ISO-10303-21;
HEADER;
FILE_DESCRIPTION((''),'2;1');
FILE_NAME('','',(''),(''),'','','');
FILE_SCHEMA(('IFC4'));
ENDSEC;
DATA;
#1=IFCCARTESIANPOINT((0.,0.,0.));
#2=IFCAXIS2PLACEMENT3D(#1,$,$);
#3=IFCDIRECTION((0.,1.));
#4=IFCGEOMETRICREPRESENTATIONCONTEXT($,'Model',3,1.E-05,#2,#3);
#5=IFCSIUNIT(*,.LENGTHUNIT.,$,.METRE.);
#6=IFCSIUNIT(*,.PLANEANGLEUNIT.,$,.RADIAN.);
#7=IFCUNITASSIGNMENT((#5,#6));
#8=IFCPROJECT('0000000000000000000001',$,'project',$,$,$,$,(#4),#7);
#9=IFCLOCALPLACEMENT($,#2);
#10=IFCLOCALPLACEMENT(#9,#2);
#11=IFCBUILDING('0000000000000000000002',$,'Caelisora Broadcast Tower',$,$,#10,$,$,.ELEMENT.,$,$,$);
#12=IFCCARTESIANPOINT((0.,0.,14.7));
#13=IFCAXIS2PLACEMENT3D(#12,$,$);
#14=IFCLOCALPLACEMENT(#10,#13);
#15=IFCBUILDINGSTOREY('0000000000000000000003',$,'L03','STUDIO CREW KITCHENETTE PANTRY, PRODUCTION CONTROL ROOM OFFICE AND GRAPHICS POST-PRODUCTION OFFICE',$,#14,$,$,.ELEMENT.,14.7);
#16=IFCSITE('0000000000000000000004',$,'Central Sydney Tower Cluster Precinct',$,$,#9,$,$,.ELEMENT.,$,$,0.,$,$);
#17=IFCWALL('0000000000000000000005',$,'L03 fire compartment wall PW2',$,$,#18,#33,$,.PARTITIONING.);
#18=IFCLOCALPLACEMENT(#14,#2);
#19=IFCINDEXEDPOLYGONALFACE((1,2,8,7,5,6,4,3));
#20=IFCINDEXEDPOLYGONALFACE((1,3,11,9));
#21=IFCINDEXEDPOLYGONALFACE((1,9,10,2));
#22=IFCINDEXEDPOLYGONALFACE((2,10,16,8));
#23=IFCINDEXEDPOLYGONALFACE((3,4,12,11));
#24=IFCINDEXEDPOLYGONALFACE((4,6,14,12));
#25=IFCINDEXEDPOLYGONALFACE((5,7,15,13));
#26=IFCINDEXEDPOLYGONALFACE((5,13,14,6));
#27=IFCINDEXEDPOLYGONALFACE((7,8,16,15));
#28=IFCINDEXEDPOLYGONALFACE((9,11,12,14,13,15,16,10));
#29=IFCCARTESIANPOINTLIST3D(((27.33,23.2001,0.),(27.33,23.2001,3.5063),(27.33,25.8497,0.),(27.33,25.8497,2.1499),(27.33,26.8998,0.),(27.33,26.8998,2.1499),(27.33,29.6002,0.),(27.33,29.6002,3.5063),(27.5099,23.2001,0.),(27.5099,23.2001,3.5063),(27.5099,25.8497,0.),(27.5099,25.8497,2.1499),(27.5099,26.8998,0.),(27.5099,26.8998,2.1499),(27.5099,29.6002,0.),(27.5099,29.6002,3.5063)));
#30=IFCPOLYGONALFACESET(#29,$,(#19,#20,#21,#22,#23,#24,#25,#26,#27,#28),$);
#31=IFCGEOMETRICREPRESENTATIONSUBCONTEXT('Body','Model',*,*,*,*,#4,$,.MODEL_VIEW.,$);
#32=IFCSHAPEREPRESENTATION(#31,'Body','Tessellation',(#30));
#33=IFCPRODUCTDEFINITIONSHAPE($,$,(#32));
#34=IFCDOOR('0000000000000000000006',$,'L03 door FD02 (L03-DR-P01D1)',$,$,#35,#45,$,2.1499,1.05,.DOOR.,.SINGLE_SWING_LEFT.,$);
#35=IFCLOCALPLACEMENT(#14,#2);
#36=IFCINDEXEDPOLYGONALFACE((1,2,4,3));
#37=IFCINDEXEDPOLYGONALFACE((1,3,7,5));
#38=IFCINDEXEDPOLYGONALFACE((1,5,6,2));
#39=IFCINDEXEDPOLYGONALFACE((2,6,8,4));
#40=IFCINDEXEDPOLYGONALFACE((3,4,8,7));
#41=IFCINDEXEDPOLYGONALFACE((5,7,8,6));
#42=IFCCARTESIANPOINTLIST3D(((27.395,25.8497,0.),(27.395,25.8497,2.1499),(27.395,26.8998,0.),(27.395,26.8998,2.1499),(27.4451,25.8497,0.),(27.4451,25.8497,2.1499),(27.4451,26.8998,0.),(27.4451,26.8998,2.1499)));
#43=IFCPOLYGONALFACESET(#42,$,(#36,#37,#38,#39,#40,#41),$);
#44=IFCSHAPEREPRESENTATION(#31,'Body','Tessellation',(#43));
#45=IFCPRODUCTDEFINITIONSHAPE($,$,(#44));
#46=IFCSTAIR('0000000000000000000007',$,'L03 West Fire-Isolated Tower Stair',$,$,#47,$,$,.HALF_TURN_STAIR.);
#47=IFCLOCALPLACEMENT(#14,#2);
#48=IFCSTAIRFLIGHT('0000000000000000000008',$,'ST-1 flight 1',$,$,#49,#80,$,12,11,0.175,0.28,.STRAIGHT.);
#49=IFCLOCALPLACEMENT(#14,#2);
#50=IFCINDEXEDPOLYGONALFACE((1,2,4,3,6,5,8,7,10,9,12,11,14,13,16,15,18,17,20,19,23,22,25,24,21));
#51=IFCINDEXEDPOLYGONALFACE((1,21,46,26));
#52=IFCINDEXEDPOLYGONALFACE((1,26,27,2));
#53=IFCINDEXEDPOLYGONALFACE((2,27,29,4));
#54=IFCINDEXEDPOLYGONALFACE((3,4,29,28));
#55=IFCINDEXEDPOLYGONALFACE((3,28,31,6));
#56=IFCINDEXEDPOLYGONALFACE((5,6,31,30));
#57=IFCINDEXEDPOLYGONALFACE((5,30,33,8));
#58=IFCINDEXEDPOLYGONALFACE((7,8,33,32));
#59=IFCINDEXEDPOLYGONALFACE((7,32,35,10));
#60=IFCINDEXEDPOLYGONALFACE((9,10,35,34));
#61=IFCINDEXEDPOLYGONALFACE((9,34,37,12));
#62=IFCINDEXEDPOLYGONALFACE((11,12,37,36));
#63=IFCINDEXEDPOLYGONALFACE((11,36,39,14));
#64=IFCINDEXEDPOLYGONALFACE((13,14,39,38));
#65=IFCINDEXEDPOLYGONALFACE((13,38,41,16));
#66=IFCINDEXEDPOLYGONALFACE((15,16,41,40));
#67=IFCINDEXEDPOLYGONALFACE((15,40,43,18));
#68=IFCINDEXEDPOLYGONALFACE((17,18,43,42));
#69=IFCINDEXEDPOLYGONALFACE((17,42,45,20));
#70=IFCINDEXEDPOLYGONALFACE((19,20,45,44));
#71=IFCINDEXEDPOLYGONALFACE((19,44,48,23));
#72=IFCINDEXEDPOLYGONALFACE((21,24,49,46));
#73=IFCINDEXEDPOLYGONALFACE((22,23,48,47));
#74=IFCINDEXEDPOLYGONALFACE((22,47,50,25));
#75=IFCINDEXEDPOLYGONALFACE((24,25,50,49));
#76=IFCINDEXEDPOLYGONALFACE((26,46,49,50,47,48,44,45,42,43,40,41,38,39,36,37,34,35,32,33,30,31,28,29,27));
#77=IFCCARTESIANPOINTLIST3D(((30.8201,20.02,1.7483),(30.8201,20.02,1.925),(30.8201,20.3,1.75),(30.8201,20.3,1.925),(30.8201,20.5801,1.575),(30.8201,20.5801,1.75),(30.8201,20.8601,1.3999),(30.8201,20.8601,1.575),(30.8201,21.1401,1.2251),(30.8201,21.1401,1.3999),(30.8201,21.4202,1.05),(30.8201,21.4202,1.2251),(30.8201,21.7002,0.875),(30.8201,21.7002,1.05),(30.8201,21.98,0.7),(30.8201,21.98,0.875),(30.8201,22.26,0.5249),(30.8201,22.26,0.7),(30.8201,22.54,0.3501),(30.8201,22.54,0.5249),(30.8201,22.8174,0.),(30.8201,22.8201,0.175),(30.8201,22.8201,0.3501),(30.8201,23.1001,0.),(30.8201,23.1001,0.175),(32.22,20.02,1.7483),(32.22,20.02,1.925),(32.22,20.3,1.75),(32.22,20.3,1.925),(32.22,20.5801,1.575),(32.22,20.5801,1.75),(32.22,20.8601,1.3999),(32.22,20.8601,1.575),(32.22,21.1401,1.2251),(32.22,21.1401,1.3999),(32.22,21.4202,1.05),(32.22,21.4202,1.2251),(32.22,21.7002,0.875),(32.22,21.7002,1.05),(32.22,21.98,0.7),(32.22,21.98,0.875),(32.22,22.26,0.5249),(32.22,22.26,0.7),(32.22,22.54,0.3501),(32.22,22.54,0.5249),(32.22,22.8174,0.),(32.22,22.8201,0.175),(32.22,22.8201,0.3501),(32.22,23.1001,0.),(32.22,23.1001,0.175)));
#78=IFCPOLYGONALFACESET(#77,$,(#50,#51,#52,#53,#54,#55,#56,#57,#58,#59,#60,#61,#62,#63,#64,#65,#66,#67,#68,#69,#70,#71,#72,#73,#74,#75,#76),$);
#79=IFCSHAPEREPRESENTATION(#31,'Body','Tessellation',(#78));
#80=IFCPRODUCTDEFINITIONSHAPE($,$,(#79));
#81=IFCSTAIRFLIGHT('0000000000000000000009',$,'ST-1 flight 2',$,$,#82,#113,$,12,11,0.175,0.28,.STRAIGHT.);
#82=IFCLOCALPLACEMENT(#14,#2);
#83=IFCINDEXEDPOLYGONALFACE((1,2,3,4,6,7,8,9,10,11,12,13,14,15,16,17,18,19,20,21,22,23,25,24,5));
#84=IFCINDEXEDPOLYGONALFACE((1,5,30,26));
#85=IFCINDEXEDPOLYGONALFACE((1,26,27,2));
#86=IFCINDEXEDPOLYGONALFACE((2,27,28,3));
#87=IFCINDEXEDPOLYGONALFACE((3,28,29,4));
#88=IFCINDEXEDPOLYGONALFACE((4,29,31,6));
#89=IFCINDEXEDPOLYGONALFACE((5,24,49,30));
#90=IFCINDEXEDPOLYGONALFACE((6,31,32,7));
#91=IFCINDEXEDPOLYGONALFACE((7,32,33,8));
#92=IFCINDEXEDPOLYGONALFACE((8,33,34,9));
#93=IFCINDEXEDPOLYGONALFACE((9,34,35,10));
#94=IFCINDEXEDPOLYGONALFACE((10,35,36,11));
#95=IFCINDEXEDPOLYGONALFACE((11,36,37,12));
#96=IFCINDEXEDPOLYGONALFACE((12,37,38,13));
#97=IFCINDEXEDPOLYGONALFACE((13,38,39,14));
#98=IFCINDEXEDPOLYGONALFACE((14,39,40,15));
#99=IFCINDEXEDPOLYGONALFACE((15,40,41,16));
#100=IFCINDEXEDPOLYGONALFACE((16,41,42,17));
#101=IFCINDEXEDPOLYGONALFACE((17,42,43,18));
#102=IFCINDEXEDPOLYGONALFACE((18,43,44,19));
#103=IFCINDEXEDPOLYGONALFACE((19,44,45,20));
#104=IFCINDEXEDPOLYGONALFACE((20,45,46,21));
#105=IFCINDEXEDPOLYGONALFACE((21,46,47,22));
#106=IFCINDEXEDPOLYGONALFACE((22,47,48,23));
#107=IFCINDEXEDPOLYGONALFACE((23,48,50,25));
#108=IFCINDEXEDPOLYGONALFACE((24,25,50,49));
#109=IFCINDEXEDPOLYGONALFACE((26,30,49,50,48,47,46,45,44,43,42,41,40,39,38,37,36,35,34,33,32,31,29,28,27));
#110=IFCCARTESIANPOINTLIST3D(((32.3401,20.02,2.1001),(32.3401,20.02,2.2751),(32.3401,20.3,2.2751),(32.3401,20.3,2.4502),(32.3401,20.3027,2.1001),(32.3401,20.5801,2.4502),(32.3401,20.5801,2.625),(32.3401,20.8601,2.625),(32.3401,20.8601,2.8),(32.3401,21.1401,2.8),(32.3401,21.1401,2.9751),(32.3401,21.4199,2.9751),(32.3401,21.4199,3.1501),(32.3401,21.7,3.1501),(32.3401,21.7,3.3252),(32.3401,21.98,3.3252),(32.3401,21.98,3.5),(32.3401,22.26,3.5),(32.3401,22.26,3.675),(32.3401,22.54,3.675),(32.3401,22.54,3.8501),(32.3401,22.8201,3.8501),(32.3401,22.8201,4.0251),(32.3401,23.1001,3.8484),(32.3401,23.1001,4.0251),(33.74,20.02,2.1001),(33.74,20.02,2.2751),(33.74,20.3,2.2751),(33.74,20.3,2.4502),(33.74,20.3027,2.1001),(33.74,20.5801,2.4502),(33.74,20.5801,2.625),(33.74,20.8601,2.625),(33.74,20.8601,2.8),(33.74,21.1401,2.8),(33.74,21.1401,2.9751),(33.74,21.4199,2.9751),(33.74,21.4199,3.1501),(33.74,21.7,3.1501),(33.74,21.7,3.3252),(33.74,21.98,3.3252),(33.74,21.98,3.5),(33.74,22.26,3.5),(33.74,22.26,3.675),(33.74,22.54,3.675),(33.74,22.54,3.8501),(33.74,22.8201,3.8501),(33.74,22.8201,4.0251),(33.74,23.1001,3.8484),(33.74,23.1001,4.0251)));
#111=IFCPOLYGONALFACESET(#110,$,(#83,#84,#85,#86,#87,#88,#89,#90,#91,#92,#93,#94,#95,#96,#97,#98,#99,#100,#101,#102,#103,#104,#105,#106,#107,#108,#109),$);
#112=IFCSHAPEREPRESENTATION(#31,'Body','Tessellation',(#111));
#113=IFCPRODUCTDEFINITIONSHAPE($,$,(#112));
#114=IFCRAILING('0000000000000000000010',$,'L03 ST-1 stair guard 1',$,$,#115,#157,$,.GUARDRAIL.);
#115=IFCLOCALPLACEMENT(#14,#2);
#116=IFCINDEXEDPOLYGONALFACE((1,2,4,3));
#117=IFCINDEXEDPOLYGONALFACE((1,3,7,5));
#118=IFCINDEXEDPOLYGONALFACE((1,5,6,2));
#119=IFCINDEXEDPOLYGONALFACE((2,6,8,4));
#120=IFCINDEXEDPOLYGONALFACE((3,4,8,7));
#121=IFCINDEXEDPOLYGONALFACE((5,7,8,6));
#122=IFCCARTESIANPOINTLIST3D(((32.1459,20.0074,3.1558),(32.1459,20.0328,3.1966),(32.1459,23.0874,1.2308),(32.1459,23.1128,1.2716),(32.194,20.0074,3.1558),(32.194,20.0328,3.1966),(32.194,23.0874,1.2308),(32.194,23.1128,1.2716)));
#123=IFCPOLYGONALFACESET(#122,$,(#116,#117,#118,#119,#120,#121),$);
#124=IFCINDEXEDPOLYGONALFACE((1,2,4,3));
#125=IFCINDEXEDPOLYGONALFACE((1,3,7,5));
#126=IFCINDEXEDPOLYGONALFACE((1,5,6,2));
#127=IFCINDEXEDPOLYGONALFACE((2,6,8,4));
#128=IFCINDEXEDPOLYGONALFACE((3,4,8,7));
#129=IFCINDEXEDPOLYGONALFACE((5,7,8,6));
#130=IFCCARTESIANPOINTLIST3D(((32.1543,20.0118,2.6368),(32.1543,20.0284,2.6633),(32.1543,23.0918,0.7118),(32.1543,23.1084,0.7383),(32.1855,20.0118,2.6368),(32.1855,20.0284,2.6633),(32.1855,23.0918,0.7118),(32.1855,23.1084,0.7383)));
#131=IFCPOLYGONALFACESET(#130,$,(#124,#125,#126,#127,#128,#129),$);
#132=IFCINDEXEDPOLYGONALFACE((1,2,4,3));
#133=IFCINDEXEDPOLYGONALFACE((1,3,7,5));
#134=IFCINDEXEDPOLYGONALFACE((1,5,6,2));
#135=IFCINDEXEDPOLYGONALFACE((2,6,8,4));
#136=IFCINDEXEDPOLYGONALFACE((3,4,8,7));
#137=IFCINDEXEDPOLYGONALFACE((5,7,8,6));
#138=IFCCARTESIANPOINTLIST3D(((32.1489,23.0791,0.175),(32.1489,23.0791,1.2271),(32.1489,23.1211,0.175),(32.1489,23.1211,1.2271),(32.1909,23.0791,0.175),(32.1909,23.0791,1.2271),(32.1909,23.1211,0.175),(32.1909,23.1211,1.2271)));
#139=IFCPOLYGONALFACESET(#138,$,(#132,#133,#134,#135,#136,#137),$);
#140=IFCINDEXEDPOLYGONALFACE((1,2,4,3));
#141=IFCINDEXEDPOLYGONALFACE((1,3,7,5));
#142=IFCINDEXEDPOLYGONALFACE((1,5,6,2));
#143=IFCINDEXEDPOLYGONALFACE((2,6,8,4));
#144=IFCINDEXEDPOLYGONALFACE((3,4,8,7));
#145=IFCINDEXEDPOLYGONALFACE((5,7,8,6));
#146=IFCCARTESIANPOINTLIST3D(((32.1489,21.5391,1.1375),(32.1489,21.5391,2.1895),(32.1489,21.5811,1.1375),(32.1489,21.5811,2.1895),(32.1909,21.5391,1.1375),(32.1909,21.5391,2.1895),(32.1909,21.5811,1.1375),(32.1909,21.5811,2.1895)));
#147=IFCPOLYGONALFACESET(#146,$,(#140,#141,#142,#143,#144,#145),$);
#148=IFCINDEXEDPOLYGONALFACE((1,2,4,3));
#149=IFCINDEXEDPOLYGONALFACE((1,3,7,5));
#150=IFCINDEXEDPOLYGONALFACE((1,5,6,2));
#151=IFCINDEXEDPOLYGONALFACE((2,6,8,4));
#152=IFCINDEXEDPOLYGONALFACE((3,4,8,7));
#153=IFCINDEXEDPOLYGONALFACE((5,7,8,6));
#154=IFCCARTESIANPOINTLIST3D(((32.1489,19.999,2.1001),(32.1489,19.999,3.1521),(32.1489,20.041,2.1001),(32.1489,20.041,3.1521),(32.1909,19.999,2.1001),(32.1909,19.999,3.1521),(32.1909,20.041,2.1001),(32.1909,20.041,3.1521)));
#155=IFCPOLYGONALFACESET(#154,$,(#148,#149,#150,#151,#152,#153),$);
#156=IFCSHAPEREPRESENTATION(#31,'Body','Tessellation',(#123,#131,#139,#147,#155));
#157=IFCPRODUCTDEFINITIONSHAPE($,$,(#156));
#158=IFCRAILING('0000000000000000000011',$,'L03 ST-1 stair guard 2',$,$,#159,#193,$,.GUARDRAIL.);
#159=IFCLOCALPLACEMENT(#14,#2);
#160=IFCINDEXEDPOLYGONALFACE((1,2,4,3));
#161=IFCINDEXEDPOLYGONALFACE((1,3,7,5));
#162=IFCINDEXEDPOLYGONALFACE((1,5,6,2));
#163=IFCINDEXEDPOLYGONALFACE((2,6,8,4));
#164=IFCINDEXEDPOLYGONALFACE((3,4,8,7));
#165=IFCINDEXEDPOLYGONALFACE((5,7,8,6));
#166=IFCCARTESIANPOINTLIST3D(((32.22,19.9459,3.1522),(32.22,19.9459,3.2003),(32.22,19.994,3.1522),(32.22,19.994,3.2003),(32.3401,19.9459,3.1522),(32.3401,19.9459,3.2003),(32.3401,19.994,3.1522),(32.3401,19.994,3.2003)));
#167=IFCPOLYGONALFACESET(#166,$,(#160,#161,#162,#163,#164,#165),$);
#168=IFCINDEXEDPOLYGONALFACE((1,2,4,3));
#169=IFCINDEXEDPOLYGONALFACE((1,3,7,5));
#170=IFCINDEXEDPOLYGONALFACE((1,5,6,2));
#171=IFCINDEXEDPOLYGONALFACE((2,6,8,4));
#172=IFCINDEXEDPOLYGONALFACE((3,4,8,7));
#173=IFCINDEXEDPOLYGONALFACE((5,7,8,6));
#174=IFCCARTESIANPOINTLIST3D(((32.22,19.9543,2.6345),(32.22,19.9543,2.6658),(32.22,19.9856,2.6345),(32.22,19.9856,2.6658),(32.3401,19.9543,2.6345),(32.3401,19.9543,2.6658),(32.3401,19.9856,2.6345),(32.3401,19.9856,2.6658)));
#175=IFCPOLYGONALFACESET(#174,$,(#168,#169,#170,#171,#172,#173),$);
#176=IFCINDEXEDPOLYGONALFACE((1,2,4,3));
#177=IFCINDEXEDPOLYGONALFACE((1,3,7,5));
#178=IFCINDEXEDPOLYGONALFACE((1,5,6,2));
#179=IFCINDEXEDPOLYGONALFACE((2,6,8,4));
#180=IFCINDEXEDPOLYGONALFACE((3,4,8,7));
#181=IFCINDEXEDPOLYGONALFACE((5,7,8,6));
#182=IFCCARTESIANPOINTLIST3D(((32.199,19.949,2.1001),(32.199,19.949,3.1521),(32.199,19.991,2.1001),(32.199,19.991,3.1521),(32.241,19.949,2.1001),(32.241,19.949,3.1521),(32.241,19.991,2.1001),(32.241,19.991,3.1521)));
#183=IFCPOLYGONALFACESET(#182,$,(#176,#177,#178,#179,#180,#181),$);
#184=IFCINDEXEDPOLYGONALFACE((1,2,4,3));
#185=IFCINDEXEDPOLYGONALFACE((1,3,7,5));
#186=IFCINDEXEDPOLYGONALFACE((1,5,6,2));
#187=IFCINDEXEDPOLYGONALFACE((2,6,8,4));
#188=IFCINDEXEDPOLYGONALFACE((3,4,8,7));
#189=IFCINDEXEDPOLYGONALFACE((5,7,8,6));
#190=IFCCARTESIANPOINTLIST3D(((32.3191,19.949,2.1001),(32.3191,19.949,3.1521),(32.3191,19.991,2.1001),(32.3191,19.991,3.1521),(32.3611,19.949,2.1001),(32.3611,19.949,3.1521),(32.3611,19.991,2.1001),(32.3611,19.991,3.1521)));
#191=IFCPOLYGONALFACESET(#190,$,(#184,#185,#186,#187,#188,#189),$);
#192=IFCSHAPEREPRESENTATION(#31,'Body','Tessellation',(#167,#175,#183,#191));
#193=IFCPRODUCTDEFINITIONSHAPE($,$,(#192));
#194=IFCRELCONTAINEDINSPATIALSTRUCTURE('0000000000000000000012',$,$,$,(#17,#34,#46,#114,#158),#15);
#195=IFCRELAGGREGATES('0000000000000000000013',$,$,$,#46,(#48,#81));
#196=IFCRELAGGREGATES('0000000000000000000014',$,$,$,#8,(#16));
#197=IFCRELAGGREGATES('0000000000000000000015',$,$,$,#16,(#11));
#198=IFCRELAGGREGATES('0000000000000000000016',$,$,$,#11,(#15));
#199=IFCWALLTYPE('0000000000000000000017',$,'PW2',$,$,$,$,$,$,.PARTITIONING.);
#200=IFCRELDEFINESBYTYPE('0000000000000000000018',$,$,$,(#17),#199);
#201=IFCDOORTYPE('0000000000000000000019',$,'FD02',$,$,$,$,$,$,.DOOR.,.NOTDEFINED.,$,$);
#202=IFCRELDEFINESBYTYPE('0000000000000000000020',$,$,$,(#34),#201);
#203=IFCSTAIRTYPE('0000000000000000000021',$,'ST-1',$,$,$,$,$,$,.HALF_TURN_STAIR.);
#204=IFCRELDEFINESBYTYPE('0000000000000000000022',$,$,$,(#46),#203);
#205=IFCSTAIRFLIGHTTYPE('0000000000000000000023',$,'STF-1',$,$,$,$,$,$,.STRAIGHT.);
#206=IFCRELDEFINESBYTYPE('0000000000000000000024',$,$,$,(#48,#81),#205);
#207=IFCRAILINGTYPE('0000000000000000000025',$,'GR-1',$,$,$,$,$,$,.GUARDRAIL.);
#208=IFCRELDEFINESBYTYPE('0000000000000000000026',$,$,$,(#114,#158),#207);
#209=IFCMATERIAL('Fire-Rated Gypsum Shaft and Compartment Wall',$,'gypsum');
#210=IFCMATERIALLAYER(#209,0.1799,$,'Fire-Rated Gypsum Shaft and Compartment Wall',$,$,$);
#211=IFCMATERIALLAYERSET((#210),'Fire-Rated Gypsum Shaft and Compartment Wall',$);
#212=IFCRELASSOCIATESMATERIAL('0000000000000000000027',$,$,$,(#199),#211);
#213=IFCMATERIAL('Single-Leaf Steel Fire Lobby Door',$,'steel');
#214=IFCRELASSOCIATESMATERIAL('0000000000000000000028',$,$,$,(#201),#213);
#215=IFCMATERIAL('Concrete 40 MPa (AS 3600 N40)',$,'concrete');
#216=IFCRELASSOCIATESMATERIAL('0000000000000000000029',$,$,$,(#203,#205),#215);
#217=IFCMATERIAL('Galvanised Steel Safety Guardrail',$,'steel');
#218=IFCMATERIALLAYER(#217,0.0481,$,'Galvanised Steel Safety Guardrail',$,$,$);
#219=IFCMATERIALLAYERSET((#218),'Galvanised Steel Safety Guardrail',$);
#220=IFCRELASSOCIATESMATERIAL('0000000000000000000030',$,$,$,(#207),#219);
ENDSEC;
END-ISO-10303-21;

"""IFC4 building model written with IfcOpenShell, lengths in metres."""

from ifc_helpers import new_model, si_unit, direction, frame, frame_2d, origin, origin_2d, place, context, subcontext, project, spatial, polyline, rectangle, outline, extrude, material, layer, layer_set, type_object, element, fill, aggregate, save


model = new_model("IFC4")

# Units and contexts
model_context = context("Model", 3, precision=1e-05, world=origin(), true_north=direction((0.0, 1.0)))
body_context = subcontext(model_context, "Body", "Model", "MODEL_VIEW")
ifc_project = project(units=[si_unit("LENGTHUNIT", "METRE"), si_unit("PLANEANGLEUNIT", "RADIAN")], contexts=[model_context])

# Site, building, storey
site_placement = place(None, origin())
site = spatial("IfcSite", under=ifc_project, at=site_placement, Name="Central Sydney Tower Cluster Precinct", CompositionType="ELEMENT", RefElevation=0.0)
building_placement = place(site_placement, origin())
building = spatial("IfcBuilding", under=site, at=building_placement, Name="Caelisora Broadcast Tower", CompositionType="ELEMENT")
storey_placement = place(building_placement, frame((0.0, 0.0, 14.7)))
storey = spatial("IfcBuildingStorey", under=building, at=storey_placement, Name="L03", Description="STUDIO CREW KITCHENETTE PANTRY, PRODUCTION CONTROL ROOM OFFICE AND GRAPHICS POST-PRODUCTION OFFICE", CompositionType="ELEMENT", Elevation=14.7)

# Shared definitions
ifc_material_1 = material(Name="Fire-Rated Gypsum Shaft and Compartment Wall", Category="gypsum")
ifc_layer_1 = layer(ifc_material_1, 0.1799, Name="Fire-Rated Gypsum Shaft and Compartment Wall")
ifc_layer_set_1 = layer_set([ifc_layer_1], Name="Fire-Rated Gypsum Shaft and Compartment Wall")
wall_type = type_object("IfcWallType", Name="PW2", PredefinedType="PARTITIONING", material=ifc_layer_set_1)

# Wall, opening, door
wall_1_placement = place(storey_placement, frame((27.4199, 23.2, 0.0), z_axis=(0.0, 0.0, 1.0), x_axis=(0.0, 1.0, 0.0)))
wall_1 = element("IfcWall", 1, at=wall_1_placement, inside=storey, type_object=wall_type, Name="L03 fire compartment wall PW2", PredefinedType="PARTITIONING", context=body_context, shape_type="SweptSolid", body=[
    extrude(rectangle(XDim=6.4001, YDim=0.1799, at=frame_2d((3.2002, 0.0))), origin(), (0.0, 0.0, 1.0), 3.5063),
])
opening_1_placement = place(wall_1_placement, frame((2.6499, 0.0, 0.0)))
opening_1 = element("IfcOpeningElement", 2, at=opening_1_placement, cuts=wall_1, PredefinedType="OPENING", context=body_context, shape_type="SweptSolid", body=[
    extrude(rectangle(XDim=1.05, YDim=2.1499, at=frame_2d((0.5249, 1.075))), frame((0.0, 0.1021, 0.0), z_axis=(0.0, -1.0, 0.0), x_axis=(1.0, 0.0, 0.0)), (0.0, 0.0, 1.0), 0.2039),
])
ifc_material_2 = material(Name="Single-Leaf Steel Fire Lobby Door", Category="steel")
door_type_1 = type_object("IfcDoorType", Name="FD02", OperationType="NOTDEFINED", PredefinedType="DOOR", material=ifc_material_2)
door_1_placement = place(opening_1_placement, origin())
door_1 = element("IfcDoor", 3, at=door_1_placement, inside=storey, type_object=door_type_1, Name="L03 door FD02 (L03-DR-P01D1)", OperationType="SINGLE_SWING_LEFT", OverallHeight=2.1499, OverallWidth=1.05, PredefinedType="DOOR", context=body_context, shape_type="SweptSolid", body=[
    extrude(rectangle(XDim=1.05, YDim=2.1499, at=frame_2d((0.5249, 1.075))), frame((0.0, 0.0249, 0.0), z_axis=(0.0, -1.0, 0.0), x_axis=(1.0, 0.0, 0.0)), (0.0, 0.0, 1.0), 0.05),
])
fill(opening_1, door_1)

# Stair, stair flights
ifc_material_3 = material(Name="Concrete 40 MPa (AS 3600 N40)", Category="concrete")
stair_type = type_object("IfcStairType", Name="ST-1", PredefinedType="HALF_TURN_STAIR", material=ifc_material_3)
stair_placement = place(storey_placement, origin())
stair = element("IfcStair", 4, at=stair_placement, inside=storey, type_object=stair_type, Name="L03 West Fire-Isolated Tower Stair", PredefinedType="HALF_TURN_STAIR")
stair_flight_type = type_object("IfcStairFlightType", Name="STF-1", PredefinedType="STRAIGHT", material=ifc_material_3)
stair_flight_1_placement = place(storey_placement, frame((31.52, 23.1001, 0.0), z_axis=(0.0, 0.0, 1.0), x_axis=(0.0, -1.0, 0.0)))
stair_flight_1 = element("IfcStairFlight", 5, at=stair_flight_1_placement, type_object=stair_flight_type, Name="ST-1 flight 1", NumberOfRisers=12, NumberOfTreads=11, PredefinedType="STRAIGHT", RiserHeight=0.175, TreadLength=0.28, context=body_context, shape_type="SweptSolid", body=[
    extrude(outline(polyline([(0.0, 0.0), (0.0, 0.175), (0.28, 0.175), (0.28, 0.3501), (0.5601, 0.3501), (0.5601, 0.5249), (0.8401, 0.5249), (0.8401, 0.7), (1.1201, 0.7), (1.1201, 0.875), (1.3999, 0.875), (1.3999, 1.05), (1.6799, 1.05), (1.6799, 1.2251), (1.96, 1.2251), (1.96, 1.3999), (2.24, 1.3999), (2.24, 1.575), (2.52, 1.575), (2.52, 1.75), (2.8, 1.75), (2.8, 1.925), (3.0801, 1.925), (3.0801, 2.1001), (3.0801, 1.7483), (0.2827, 0.0), (0.0, 0.0)])), frame((0.0, 0.7, 0.0), z_axis=(0.0, -1.0, 0.0), x_axis=(1.0, 0.0, 0.0)), (0.0, 0.0, 1.0), 1.3999),
])
stair_flight_2_placement = place(storey_placement, frame((33.04, 20.02, 2.1001), z_axis=(0.0, 0.0, 1.0), x_axis=(0.0, 1.0, 0.0)))
stair_flight_2 = element("IfcStairFlight", 6, at=stair_flight_2_placement, type_object=stair_flight_type, Name="ST-1 flight 2", NumberOfRisers=12, NumberOfTreads=11, PredefinedType="STRAIGHT", RiserHeight=0.175, TreadLength=0.28, context=body_context, shape_type="SweptSolid", body=[
    extrude(outline(polyline([(0.0, 0.0), (0.0, 0.175), (0.28, 0.175), (0.28, 0.3501), (0.5601, 0.3501), (0.5601, 0.5249), (0.8401, 0.5249), (0.8401, 0.7), (1.1201, 0.7), (1.1201, 0.875), (1.3999, 0.875), (1.3999, 1.05), (1.6799, 1.05), (1.6799, 1.2251), (1.96, 1.2251), (1.96, 1.3999), (2.24, 1.3999), (2.24, 1.575), (2.52, 1.575), (2.52, 1.75), (2.8, 1.75), (2.8, 1.925), (3.0801, 1.925), (3.0801, 2.1001), (3.0801, 1.7483), (0.2827, 0.0), (0.0, 0.0)])), frame((0.0, 0.7, 0.0), z_axis=(0.0, -1.0, 0.0), x_axis=(1.0, 0.0, 0.0)), (0.0, 0.0, 1.0), 1.3999),
])
aggregate(stair, [stair_flight_1, stair_flight_2])

# Railings
ifc_material_4 = material(Name="Galvanised Steel Safety Guardrail", Category="steel")
ifc_layer_2 = layer(ifc_material_4, 0.0481, Name="Galvanised Steel Safety Guardrail")
ifc_layer_set_2 = layer_set([ifc_layer_2], Name="Galvanised Steel Safety Guardrail")
railing_type_1 = type_object("IfcRailingType", Name="GR-1", PredefinedType="GUARDRAIL", material=ifc_layer_set_2)
railing_1_placement = place(storey_placement, frame((32.1699, 23.1001, 0.175)))
element("IfcRailing", 7, at=railing_1_placement, inside=storey, type_object=railing_type_1, Name="L03 ST-1 stair guard 1", PredefinedType="GUARDRAIL", context=body_context, shape_type="SweptSolid", body=[
    extrude(rectangle(XDim=0.0481, YDim=0.0481, at=origin_2d()), frame((0.0, 0.0, 1.0762), z_axis=(0.0, -0.847998, 0.529999), x_axis=(1.0, 0.0, 0.0)), (0.0, 0.0, 1.0), 3.6321),
    extrude(rectangle(XDim=0.0312, YDim=0.0312, at=origin_2d()), frame((0.0, 0.0, 0.55), z_axis=(0.0, -0.847998, 0.529999), x_axis=(1.0, 0.0, 0.0)), (0.0, 0.0, 1.0), 3.6321),
    extrude(rectangle(XDim=0.042, YDim=0.042, at=origin_2d()), origin(), (0.0, 0.0, 1.0), 1.052),
    extrude(rectangle(XDim=0.042, YDim=0.042, at=origin_2d()), frame((0.0, -1.54, 0.9624)), (0.0, 0.0, 1.0), 1.052),
    extrude(rectangle(XDim=0.042, YDim=0.042, at=origin_2d()), frame((0.0, -3.0801, 1.925)), (0.0, 0.0, 1.0), 1.052),
])
railing_2_placement = place(storey_placement, frame((32.22, 19.97, 2.1001)))
element("IfcRailing", 8, at=railing_2_placement, inside=storey, type_object=railing_type_1, Name="L03 ST-1 stair guard 2", PredefinedType="GUARDRAIL", context=body_context, shape_type="SweptSolid", body=[
    extrude(rectangle(XDim=0.0481, YDim=0.0481, at=origin_2d()), frame((0.0, 0.0, 1.0762), z_axis=(1.0, 0.0, 0.0), x_axis=(0.0, 1.0, 0.0)), (0.0, 0.0, 1.0), 0.1201),
    extrude(rectangle(XDim=0.0312, YDim=0.0312, at=origin_2d()), frame((0.0, 0.0, 0.55), z_axis=(1.0, 0.0, 0.0), x_axis=(0.0, 1.0, 0.0)), (0.0, 0.0, 1.0), 0.1201),
    extrude(rectangle(XDim=0.042, YDim=0.042, at=origin_2d()), origin(), (0.0, 0.0, 1.0), 1.052),
    extrude(rectangle(XDim=0.042, YDim=0.042, at=origin_2d()), frame((0.1201, 0.0, 0.0)), (0.0, 0.0, 1.0), 1.052),
])

save(model, "model.ifc")
